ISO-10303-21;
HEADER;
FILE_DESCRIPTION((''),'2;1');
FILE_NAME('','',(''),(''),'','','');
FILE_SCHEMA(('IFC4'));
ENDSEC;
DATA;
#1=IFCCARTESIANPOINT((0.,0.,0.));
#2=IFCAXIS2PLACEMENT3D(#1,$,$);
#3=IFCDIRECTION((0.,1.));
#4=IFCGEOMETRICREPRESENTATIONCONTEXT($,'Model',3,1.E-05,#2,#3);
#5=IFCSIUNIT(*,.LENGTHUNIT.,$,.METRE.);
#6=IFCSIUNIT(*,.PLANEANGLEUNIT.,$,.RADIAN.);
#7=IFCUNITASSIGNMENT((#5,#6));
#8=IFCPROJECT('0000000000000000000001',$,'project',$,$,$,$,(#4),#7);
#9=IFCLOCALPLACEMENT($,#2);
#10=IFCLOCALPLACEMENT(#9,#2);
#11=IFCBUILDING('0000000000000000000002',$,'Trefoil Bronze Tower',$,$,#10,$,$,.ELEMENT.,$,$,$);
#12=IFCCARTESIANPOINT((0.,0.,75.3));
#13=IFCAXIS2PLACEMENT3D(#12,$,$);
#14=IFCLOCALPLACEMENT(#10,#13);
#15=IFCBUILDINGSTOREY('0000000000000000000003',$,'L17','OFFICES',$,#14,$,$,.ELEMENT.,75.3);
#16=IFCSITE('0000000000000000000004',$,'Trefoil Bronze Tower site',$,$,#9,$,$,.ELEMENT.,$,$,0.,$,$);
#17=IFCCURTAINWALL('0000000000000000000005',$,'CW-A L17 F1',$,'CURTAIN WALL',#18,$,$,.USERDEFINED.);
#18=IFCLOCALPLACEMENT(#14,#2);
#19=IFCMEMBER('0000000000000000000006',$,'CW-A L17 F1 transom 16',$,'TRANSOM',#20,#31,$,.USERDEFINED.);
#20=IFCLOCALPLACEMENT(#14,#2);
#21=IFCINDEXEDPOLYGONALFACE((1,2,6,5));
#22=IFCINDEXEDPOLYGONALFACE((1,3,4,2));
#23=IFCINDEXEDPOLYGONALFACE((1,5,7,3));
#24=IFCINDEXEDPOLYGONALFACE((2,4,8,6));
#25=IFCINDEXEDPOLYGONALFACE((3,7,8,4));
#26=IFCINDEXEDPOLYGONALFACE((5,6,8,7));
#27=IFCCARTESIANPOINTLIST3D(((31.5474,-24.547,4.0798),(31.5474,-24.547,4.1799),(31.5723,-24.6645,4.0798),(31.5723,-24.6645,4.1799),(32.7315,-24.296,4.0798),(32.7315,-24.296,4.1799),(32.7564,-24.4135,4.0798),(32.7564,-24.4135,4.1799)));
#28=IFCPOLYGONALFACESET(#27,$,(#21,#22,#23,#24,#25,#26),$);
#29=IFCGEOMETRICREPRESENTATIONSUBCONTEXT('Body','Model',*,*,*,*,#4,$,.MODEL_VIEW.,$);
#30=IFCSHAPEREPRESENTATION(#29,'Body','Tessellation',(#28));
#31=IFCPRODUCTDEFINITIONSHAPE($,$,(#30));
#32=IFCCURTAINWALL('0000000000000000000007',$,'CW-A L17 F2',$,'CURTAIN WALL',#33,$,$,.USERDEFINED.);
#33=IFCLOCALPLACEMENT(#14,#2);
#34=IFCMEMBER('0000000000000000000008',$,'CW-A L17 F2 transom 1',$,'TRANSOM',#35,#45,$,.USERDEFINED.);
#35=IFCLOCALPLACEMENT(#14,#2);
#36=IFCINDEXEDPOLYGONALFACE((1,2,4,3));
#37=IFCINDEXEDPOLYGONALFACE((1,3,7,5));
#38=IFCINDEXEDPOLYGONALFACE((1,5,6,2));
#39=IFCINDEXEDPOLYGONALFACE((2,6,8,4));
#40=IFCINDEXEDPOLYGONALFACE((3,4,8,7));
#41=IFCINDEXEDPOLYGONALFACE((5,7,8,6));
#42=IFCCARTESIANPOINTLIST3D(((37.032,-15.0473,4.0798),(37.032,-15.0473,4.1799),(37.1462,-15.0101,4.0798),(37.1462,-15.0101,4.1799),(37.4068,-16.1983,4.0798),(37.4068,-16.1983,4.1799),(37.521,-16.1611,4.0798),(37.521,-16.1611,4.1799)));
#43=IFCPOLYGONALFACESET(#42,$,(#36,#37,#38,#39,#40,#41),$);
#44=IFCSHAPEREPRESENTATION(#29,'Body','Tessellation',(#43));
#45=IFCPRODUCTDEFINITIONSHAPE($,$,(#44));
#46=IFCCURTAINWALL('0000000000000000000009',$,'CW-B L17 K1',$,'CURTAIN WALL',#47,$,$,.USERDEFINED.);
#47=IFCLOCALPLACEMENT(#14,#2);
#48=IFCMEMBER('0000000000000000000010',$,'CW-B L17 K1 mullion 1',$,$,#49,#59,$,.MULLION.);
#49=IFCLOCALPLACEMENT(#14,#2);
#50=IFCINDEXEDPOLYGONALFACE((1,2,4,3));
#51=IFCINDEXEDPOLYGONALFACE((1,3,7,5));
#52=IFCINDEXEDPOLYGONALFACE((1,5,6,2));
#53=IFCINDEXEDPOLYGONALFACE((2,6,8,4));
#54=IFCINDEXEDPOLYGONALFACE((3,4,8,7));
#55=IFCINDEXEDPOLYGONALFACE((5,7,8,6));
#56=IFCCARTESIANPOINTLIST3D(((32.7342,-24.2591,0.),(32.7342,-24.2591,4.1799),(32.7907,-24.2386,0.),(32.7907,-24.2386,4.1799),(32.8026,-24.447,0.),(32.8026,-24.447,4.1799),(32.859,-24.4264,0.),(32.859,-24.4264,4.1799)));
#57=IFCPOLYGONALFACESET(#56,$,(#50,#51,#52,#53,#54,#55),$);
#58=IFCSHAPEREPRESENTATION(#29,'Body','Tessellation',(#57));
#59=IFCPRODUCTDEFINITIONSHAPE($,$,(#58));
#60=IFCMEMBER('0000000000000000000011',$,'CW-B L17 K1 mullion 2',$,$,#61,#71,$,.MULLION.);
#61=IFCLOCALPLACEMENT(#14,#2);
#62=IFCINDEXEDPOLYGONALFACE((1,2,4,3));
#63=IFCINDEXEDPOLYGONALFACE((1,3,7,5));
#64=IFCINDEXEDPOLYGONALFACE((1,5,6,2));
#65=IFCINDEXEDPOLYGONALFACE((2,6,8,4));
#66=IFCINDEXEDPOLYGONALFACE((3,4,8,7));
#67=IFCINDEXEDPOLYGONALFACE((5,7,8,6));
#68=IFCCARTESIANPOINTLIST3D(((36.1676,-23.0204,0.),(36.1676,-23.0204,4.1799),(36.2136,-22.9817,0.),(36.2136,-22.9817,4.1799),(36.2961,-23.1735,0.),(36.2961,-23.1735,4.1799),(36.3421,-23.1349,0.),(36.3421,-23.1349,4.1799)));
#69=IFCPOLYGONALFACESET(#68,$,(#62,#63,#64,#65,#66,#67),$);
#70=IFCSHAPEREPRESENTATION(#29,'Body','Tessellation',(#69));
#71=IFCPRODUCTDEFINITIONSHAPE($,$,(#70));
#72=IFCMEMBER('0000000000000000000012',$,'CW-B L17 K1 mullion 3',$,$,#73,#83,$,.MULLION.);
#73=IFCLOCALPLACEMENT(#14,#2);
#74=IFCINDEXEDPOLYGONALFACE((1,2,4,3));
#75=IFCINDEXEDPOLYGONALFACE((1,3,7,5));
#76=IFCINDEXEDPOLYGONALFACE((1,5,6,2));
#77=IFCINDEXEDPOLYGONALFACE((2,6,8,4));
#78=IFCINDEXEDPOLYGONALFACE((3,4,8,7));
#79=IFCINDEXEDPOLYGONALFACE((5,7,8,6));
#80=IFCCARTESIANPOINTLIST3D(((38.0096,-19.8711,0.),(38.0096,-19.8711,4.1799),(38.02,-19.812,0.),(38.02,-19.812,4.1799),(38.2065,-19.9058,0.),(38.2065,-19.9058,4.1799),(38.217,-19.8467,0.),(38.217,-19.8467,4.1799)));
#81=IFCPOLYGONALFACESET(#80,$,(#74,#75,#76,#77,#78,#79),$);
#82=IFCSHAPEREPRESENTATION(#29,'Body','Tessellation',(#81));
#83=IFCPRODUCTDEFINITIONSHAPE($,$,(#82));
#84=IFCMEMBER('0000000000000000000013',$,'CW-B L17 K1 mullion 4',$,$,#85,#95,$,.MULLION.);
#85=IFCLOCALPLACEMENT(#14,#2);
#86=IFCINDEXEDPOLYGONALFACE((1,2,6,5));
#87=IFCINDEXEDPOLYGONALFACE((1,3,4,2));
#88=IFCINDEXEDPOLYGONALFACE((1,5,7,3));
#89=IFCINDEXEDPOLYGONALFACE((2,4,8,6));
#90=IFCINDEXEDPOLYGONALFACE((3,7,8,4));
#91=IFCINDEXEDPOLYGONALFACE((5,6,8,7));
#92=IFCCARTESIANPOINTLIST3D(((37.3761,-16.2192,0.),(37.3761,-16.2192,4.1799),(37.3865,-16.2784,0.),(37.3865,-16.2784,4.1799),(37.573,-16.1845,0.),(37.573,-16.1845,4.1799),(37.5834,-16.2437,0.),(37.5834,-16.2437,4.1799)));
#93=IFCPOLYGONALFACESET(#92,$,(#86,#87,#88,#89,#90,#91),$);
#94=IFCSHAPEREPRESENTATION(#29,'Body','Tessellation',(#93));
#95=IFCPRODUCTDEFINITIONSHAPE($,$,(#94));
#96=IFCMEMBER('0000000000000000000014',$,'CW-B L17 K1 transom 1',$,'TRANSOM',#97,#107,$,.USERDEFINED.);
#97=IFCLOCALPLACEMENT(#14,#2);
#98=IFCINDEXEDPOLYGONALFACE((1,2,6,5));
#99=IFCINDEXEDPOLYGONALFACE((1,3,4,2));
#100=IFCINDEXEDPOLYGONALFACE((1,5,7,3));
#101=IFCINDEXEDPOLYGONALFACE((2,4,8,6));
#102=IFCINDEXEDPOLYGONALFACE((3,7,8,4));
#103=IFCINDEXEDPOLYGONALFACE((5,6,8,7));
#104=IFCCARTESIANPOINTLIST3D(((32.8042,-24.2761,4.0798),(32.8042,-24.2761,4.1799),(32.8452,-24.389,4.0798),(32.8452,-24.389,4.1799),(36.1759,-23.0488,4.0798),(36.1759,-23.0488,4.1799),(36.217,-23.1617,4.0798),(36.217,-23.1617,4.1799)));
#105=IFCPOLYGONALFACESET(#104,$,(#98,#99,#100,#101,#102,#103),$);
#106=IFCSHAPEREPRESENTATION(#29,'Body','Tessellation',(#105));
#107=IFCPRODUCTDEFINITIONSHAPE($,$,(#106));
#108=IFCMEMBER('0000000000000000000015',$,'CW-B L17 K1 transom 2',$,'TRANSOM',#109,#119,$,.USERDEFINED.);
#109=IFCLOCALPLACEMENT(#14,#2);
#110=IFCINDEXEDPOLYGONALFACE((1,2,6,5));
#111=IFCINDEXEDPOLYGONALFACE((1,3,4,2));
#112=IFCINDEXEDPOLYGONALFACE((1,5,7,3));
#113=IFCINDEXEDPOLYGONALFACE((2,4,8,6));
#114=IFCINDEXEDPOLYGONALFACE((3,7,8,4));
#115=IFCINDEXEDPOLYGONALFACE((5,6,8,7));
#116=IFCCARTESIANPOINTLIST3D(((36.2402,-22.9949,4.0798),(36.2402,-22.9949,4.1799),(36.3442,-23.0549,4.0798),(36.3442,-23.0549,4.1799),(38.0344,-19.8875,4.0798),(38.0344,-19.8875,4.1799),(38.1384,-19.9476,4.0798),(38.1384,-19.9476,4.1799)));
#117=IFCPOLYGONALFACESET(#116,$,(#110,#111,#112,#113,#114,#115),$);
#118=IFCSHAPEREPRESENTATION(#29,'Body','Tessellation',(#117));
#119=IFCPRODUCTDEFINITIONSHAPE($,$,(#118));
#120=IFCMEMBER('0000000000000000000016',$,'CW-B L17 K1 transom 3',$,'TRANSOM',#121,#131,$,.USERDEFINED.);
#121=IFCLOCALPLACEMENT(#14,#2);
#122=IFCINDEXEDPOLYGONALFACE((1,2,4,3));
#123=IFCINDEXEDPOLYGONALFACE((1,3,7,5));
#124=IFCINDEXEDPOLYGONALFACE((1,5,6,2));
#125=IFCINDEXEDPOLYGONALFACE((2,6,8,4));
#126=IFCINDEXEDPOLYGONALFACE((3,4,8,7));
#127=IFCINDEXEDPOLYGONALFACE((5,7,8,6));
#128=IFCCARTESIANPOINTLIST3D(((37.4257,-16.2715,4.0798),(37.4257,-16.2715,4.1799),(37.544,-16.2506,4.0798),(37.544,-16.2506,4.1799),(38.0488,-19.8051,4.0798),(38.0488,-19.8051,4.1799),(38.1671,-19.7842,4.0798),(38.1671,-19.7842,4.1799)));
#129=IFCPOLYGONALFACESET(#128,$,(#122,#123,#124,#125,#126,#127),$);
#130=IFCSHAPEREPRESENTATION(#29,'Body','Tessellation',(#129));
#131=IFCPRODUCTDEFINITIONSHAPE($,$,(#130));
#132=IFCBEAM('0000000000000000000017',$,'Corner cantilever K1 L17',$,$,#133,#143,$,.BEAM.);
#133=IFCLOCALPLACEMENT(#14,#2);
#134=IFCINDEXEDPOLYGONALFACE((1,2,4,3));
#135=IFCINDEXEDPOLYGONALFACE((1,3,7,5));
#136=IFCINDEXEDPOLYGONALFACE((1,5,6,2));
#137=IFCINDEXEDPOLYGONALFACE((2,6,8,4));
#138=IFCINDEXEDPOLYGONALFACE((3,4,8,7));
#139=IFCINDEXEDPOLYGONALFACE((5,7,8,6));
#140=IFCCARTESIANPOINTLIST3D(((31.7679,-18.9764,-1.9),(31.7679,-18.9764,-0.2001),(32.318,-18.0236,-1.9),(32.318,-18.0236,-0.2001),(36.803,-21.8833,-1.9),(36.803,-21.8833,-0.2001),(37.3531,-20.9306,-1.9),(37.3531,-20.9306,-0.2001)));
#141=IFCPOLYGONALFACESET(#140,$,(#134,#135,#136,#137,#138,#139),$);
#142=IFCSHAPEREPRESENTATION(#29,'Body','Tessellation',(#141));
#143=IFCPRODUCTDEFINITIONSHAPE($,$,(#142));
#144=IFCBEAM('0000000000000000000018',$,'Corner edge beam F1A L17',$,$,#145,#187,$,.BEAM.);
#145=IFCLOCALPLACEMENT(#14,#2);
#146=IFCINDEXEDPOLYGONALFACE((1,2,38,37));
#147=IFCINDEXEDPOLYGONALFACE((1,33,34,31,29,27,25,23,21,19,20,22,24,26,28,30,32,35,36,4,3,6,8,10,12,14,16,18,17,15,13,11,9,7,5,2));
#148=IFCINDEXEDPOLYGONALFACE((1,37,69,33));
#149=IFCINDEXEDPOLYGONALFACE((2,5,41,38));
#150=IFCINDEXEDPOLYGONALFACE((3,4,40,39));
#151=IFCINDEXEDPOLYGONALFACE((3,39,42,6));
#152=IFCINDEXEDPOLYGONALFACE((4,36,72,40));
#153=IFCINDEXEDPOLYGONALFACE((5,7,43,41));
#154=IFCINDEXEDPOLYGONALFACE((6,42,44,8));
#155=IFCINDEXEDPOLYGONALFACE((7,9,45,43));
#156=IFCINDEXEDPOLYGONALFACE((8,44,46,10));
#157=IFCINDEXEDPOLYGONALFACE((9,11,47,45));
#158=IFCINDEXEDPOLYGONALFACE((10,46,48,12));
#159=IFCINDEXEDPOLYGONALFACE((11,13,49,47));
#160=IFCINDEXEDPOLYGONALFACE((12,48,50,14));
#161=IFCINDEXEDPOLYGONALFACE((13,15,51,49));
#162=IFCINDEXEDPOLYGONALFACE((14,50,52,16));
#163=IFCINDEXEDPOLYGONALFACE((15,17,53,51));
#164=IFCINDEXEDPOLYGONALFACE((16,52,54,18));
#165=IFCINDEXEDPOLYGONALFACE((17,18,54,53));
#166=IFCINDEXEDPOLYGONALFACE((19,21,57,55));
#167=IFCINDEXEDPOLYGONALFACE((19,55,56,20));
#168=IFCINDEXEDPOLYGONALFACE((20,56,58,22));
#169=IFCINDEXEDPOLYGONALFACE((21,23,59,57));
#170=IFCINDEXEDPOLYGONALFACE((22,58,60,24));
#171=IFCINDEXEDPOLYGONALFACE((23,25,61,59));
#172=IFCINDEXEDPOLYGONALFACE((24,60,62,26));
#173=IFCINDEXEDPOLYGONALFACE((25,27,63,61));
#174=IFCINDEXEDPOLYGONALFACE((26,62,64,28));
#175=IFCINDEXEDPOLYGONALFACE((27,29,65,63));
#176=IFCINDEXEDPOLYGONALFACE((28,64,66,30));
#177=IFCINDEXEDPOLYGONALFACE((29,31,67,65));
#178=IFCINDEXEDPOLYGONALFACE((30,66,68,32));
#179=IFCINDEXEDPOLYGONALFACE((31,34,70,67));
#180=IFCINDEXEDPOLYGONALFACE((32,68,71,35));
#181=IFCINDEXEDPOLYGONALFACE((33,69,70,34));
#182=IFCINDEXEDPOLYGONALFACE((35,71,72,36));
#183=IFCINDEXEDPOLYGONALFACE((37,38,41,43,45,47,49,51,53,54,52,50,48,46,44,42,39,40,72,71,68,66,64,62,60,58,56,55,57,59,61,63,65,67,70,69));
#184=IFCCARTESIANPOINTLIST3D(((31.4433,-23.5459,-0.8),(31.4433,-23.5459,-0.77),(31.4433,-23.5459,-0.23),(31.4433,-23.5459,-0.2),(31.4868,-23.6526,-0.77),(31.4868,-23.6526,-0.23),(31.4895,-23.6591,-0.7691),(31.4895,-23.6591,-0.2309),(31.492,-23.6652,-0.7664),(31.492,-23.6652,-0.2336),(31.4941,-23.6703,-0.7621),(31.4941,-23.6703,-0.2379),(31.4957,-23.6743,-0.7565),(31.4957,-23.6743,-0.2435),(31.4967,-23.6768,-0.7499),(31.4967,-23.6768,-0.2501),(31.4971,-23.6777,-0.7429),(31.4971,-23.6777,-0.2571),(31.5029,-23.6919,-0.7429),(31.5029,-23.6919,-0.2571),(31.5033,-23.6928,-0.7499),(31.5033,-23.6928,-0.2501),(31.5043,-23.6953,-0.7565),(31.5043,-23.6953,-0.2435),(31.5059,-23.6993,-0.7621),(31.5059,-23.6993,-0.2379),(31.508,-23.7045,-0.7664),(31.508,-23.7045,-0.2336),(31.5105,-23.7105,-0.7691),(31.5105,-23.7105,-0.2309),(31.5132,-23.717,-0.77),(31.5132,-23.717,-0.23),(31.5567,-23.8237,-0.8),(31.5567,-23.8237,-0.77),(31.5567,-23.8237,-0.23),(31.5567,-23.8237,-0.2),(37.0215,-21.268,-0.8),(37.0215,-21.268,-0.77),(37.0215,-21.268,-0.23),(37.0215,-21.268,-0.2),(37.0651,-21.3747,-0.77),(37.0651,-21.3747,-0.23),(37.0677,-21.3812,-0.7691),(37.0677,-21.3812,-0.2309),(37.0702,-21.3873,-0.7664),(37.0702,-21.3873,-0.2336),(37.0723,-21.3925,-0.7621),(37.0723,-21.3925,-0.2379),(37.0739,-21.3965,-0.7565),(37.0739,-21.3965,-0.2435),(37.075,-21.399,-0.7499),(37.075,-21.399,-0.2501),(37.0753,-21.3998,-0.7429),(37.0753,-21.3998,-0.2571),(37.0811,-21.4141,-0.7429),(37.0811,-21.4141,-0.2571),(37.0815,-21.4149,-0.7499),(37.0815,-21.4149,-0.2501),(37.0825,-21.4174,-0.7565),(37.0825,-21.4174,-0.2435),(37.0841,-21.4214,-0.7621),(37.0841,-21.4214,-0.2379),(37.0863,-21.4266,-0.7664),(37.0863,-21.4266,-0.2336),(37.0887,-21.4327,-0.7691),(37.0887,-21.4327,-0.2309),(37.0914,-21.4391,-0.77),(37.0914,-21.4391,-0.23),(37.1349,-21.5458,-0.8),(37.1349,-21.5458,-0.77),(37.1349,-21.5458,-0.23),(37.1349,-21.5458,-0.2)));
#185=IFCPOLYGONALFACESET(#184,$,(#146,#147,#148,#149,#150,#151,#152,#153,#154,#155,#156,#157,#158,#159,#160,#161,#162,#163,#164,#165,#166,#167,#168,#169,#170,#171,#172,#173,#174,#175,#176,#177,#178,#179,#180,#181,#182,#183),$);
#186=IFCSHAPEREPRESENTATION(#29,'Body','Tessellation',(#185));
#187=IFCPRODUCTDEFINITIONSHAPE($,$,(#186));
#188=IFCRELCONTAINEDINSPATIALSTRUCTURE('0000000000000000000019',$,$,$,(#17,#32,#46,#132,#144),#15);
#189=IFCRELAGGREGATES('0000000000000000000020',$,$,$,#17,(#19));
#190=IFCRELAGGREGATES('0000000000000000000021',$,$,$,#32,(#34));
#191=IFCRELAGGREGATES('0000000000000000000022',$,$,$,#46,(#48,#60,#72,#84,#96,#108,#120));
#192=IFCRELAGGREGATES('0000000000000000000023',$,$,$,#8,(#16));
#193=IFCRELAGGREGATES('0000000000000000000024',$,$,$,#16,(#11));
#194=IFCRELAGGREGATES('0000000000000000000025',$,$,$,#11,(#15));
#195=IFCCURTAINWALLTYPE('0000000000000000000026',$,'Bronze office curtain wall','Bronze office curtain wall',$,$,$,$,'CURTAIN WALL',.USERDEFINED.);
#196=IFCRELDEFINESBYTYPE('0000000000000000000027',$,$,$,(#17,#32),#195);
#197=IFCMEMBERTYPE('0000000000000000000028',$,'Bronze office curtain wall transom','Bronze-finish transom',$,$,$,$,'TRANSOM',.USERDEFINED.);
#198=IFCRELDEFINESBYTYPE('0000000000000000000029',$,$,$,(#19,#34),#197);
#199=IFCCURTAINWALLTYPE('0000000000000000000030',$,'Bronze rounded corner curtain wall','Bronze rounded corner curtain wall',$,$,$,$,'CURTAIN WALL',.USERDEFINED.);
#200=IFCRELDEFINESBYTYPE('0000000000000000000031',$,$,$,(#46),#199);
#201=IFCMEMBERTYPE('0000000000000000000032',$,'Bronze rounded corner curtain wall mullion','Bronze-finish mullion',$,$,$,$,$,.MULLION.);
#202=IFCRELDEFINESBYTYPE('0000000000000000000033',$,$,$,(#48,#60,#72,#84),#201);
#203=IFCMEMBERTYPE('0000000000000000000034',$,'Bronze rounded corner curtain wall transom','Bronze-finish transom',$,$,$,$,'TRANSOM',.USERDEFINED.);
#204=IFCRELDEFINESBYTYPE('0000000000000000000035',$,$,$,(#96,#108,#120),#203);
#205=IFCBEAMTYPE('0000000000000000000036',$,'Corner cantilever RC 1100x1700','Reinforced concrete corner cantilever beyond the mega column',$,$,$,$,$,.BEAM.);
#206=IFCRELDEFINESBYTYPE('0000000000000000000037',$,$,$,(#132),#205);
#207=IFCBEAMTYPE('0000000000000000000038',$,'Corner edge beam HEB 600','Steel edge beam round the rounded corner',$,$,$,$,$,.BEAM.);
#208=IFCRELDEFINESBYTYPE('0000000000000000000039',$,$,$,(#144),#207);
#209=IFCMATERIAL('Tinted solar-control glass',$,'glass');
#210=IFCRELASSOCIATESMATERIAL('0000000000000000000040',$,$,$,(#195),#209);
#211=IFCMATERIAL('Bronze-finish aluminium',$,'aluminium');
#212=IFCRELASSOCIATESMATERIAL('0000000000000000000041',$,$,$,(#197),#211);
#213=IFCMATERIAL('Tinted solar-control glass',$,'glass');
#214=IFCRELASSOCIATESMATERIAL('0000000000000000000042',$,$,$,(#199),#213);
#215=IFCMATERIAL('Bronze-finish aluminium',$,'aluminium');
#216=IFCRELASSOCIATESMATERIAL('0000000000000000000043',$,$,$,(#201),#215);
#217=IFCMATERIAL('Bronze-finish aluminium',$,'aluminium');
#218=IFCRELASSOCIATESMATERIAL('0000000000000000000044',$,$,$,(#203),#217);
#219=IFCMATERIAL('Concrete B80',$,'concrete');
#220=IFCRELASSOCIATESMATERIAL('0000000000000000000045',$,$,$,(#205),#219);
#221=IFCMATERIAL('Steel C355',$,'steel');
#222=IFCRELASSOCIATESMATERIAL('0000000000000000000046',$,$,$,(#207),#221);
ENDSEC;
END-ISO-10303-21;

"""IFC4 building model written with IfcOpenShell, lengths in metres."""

from ifc_helpers import new_model, si_unit, direction, frame, origin, origin_2d, place, context, subcontext, project, spatial, rectangle, i_section, extrude, material, material_profile, profile_set, type_object, element, aggregate, save


model = new_model("IFC4")

# Units and contexts
model_context = context("Model", 3, precision=1e-05, world=origin(), true_north=direction((0.0, 1.0)))
body_context = subcontext(model_context, "Body", "Model", "MODEL_VIEW")
ifc_project = project(units=[si_unit("LENGTHUNIT", "METRE"), si_unit("PLANEANGLEUNIT", "RADIAN")], contexts=[model_context])

# Site, building, storey
site_placement = place(None, origin())
site = spatial("IfcSite", under=ifc_project, at=site_placement, Name="Trefoil Bronze Tower site", CompositionType="ELEMENT", RefElevation=0.0)
building_placement = place(site_placement, origin())
building = spatial("IfcBuilding", under=site, at=building_placement, Name="Trefoil Bronze Tower", CompositionType="ELEMENT")
storey_placement = place(building_placement, frame((0.0, 0.0, 75.3)))
storey = spatial("IfcBuildingStorey", under=building, at=storey_placement, Name="L17", Description="OFFICES", CompositionType="ELEMENT", Elevation=75.3)

# Curtain wall, member
ifc_material_1 = material(Name="Tinted solar-control glass", Category="glass")
curtain_wall_type_1 = type_object("IfcCurtainWallType", Name="Bronze office curtain wall", Description="Bronze office curtain wall", ElementType="CURTAIN WALL", PredefinedType="USERDEFINED", material=ifc_material_1)
curtain_wall_1_placement = place(storey_placement, origin())
curtain_wall_1 = element("IfcCurtainWall", 1, at=curtain_wall_1_placement, inside=storey, type_object=curtain_wall_type_1, Name="CW-A L17 F1", ObjectType="CURTAIN WALL", PredefinedType="USERDEFINED")
ifc_material_2 = material(Name="Bronze-finish aluminium", Category="aluminium")
ifc_material_profile_1 = material_profile(ifc_material_2, rectangle(XDim=0.1201, YDim=0.1001, at=origin_2d()), Name="CW-A transom")
ifc_profile_set_1 = profile_set([ifc_material_profile_1], Name="Bronze-finish aluminium")
member_type_1 = type_object("IfcMemberType", Name="Bronze office curtain wall transom", Description="Bronze-finish transom", ElementType="TRANSOM", PredefinedType="USERDEFINED", material=ifc_profile_set_1)
member_1_placement = place(storey_placement, frame((31.5598, -24.6057, 4.1299), z_axis=(0.978266, 0.207352, 0.0), x_axis=(-0.207352, 0.978266, 0.0)))
member_1 = element("IfcMember", 2, at=member_1_placement, type_object=member_type_1, Name="CW-A L17 F1 transom 16", ObjectType="TRANSOM", PredefinedType="USERDEFINED", context=body_context, shape_type="SweptSolid", body=[
    extrude(rectangle(XDim=0.1201, YDim=0.1001, at=origin_2d()), origin(), (0.0, 0.0, 1.0), 1.2104),
])

# Curtain wall, member
curtain_wall_2_placement = place(storey_placement, origin())
curtain_wall_2 = element("IfcCurtainWall", 3, at=curtain_wall_2_placement, inside=storey, type_object=curtain_wall_type_1, Name="CW-A L17 F2", ObjectType="CURTAIN WALL", PredefinedType="USERDEFINED")
member_2_placement = place(storey_placement, frame((37.4639, -16.1797, 4.1299), z_axis=(-0.309624, 0.950859, 0.0), x_axis=(-0.950859, -0.309624, 0.0)))
member_2 = element("IfcMember", 4, at=member_2_placement, type_object=member_type_1, Name="CW-A L17 F2 transom 1", ObjectType="TRANSOM", PredefinedType="USERDEFINED", context=body_context, shape_type="SweptSolid", body=[
    extrude(rectangle(XDim=0.1201, YDim=0.1001, at=origin_2d()), origin(), (0.0, 0.0, 1.0), 1.2104),
])

# Curtain wall, members
ifc_material_3 = material(Name="Tinted solar-control glass", Category="glass")
curtain_wall_type_2 = type_object("IfcCurtainWallType", Name="Bronze rounded corner curtain wall", Description="Bronze rounded corner curtain wall", ElementType="CURTAIN WALL", PredefinedType="USERDEFINED", material=ifc_material_3)
curtain_wall_3_placement = place(storey_placement, origin())
curtain_wall_3 = element("IfcCurtainWall", 5, at=curtain_wall_3_placement, inside=storey, type_object=curtain_wall_type_2, Name="CW-B L17 K1", ObjectType="CURTAIN WALL", PredefinedType="USERDEFINED")
ifc_material_4 = material(Name="Bronze-finish aluminium", Category="aluminium")
ifc_material_profile_2 = material_profile(ifc_material_4, rectangle(XDim=0.2, YDim=0.0601, at=origin_2d()), Name="CW-B mullion")
ifc_profile_set_2 = profile_set([ifc_material_profile_2], Name="Bronze-finish aluminium")
member_type_2 = type_object("IfcMemberType", Name="Bronze rounded corner curtain wall mullion", Description="Bronze-finish mullion", PredefinedType="MULLION", material=ifc_profile_set_2)
member_3_placement = place(storey_placement, frame((32.7966, -24.3428, 0.0), z_axis=(0.0, 0.0, 1.0), x_axis=(-0.34202, 0.939693, 0.0)))
member_3 = element("IfcMember", 6, at=member_3_placement, type_object=member_type_2, Name="CW-B L17 K1 mullion 1", PredefinedType="MULLION", context=body_context, shape_type="SweptSolid", body=[
    extrude(rectangle(XDim=0.2, YDim=0.0601, at=origin_2d()), origin(), (0.0, 0.0, 1.0), 4.1799),
])
member_4_placement = place(storey_placement, frame((36.2549, -23.0776, 0.0), z_axis=(0.0, 0.0, 1.0), x_axis=(-0.642788, 0.766044, 0.0)))
member_4 = element("IfcMember", 7, at=member_4_placement, type_object=member_type_2, Name="CW-B L17 K1 mullion 2", PredefinedType="MULLION", context=body_context, shape_type="SweptSolid", body=[
    extrude(rectangle(XDim=0.2, YDim=0.0601, at=origin_2d()), origin(), (0.0, 0.0, 1.0), 4.1799),
])
member_5_placement = place(storey_placement, frame((38.1133, -19.8589, 0.0), z_axis=(0.0, 0.0, 1.0), x_axis=(-0.984808, 0.173648, 0.0)))
member_5 = element("IfcMember", 8, at=member_5_placement, type_object=member_type_2, Name="CW-B L17 K1 mullion 3", PredefinedType="MULLION", context=body_context, shape_type="SweptSolid", body=[
    extrude(rectangle(XDim=0.2, YDim=0.0601, at=origin_2d()), origin(), (0.0, 0.0, 1.0), 4.1799),
])
member_6_placement = place(storey_placement, frame((37.4797, -16.2314, 0.0), z_axis=(0.0, 0.0, 1.0), x_axis=(-0.984808, -0.173648, 0.0)))
member_6 = element("IfcMember", 9, at=member_6_placement, type_object=member_type_2, Name="CW-B L17 K1 mullion 4", PredefinedType="MULLION", context=body_context, shape_type="SweptSolid", body=[
    extrude(rectangle(XDim=0.2, YDim=0.0601, at=origin_2d()), origin(), (0.0, 0.0, 1.0), 4.1799),
])
ifc_material_5 = material(Name="Bronze-finish aluminium", Category="aluminium")
ifc_material_profile_3 = material_profile(ifc_material_5, rectangle(XDim=0.1201, YDim=0.1001, at=origin_2d()), Name="CW-B transom")
ifc_profile_set_3 = profile_set([ifc_material_profile_3], Name="Bronze-finish aluminium")
member_type_3 = type_object("IfcMemberType", Name="Bronze rounded corner curtain wall transom", Description="Bronze-finish transom", ElementType="TRANSOM", PredefinedType="USERDEFINED", material=ifc_profile_set_3)
member_7_placement = place(storey_placement, frame((32.8247, -24.3325, 4.1299), z_axis=(0.939688, 0.342033, 0.0), x_axis=(-0.342033, 0.939688, 0.0)))
member_7 = element("IfcMember", 10, at=member_7_placement, type_object=member_type_3, Name="CW-B L17 K1 transom 1", ObjectType="TRANSOM", PredefinedType="USERDEFINED", context=body_context, shape_type="SweptSolid", body=[
    extrude(rectangle(XDim=0.1201, YDim=0.1001, at=origin_2d()), origin(), (0.0, 0.0, 1.0), 3.5881),
])
member_8_placement = place(storey_placement, frame((36.2922, -23.0249, 4.1299), z_axis=(0.500025, 0.866011, 0.0), x_axis=(-0.866011, 0.500025, 0.0)))
member_8 = element("IfcMember", 11, at=member_8_placement, type_object=member_type_3, Name="CW-B L17 K1 transom 2", ObjectType="TRANSOM", PredefinedType="USERDEFINED", context=body_context, shape_type="SweptSolid", body=[
    extrude(rectangle(XDim=0.1201, YDim=0.1001, at=origin_2d()), origin(), (0.0, 0.0, 1.0), 3.5881),
])
member_9_placement = place(storey_placement, frame((38.1079, -19.7947, 4.1299), z_axis=(-0.173638, 0.98481, 0.0), x_axis=(-0.98481, -0.173638, 0.0)))
member_9 = element("IfcMember", 12, at=member_9_placement, type_object=member_type_3, Name="CW-B L17 K1 transom 3", ObjectType="TRANSOM", PredefinedType="USERDEFINED", context=body_context, shape_type="SweptSolid", body=[
    extrude(rectangle(XDim=0.1201, YDim=0.1001, at=origin_2d()), origin(), (0.0, 0.0, 1.0), 3.5881),
])

# Beams
ifc_material_6 = material(Name="Concrete B80", Category="concrete")
ifc_material_profile_4 = material_profile(ifc_material_6, rectangle(XDim=1.1001, YDim=1.7, at=origin_2d()), Name="RC 1100x1700")
ifc_profile_set_4 = profile_set([ifc_material_profile_4], Name="Concrete B80")
beam_type_1 = type_object("IfcBeamType", Name="Corner cantilever RC 1100x1700", Description="Reinforced concrete corner cantilever beyond the mega column", PredefinedType="BEAM", material=ifc_profile_set_4)
beam_1_placement = place(storey_placement, frame((32.043, -18.5, -1.05), z_axis=(0.86603, -0.499991, 0.0), x_axis=(0.499991, 0.86603, 0.0)))
element("IfcBeam", 13, at=beam_1_placement, inside=storey, type_object=beam_type_1, Name="Corner cantilever K1 L17", PredefinedType="BEAM", context=body_context, shape_type="SweptSolid", body=[
    extrude(rectangle(XDim=1.1001, YDim=1.7, at=origin_2d()), origin(), (0.0, 0.0, 1.0), 5.814),
])
ifc_material_7 = material(Name="Steel C355", Category="steel")
ifc_material_profile_5 = material_profile(ifc_material_7, i_section(OverallWidth=0.3, OverallDepth=0.6001, WebThickness=0.0154, FlangeThickness=0.03, FilletRadius=0.0271, at=origin_2d()), Name="HEB 600")
ifc_profile_set_5 = profile_set([ifc_material_profile_5], Name="Steel C355")
beam_type_2 = type_object("IfcBeamType", Name="Corner edge beam HEB 600", Description="Steel edge beam round the rounded corner", PredefinedType="BEAM", material=ifc_profile_set_5)
beam_2_placement = place(storey_placement, frame((31.5, -23.6848, -0.5), z_axis=(0.925787, 0.378046, 0.0), x_axis=(-0.378046, 0.925787, 0.0)))
element("IfcBeam", 14, at=beam_2_placement, inside=storey, type_object=beam_type_2, Name="Corner edge beam F1A L17", PredefinedType="BEAM", context=body_context, shape_type="SweptSolid", body=[
    extrude(i_section(OverallWidth=0.3, OverallDepth=0.6001, WebThickness=0.0154, FlangeThickness=0.03, FilletRadius=0.0271, at=origin_2d()), origin(), (0.0, 0.0, 1.0), 6.0254),
])

aggregate(curtain_wall_1, [member_1])
aggregate(curtain_wall_2, [member_2])
aggregate(curtain_wall_3, [member_3, member_4, member_5, member_6, member_7, member_8, member_9])

save(model, "model.ifc")
